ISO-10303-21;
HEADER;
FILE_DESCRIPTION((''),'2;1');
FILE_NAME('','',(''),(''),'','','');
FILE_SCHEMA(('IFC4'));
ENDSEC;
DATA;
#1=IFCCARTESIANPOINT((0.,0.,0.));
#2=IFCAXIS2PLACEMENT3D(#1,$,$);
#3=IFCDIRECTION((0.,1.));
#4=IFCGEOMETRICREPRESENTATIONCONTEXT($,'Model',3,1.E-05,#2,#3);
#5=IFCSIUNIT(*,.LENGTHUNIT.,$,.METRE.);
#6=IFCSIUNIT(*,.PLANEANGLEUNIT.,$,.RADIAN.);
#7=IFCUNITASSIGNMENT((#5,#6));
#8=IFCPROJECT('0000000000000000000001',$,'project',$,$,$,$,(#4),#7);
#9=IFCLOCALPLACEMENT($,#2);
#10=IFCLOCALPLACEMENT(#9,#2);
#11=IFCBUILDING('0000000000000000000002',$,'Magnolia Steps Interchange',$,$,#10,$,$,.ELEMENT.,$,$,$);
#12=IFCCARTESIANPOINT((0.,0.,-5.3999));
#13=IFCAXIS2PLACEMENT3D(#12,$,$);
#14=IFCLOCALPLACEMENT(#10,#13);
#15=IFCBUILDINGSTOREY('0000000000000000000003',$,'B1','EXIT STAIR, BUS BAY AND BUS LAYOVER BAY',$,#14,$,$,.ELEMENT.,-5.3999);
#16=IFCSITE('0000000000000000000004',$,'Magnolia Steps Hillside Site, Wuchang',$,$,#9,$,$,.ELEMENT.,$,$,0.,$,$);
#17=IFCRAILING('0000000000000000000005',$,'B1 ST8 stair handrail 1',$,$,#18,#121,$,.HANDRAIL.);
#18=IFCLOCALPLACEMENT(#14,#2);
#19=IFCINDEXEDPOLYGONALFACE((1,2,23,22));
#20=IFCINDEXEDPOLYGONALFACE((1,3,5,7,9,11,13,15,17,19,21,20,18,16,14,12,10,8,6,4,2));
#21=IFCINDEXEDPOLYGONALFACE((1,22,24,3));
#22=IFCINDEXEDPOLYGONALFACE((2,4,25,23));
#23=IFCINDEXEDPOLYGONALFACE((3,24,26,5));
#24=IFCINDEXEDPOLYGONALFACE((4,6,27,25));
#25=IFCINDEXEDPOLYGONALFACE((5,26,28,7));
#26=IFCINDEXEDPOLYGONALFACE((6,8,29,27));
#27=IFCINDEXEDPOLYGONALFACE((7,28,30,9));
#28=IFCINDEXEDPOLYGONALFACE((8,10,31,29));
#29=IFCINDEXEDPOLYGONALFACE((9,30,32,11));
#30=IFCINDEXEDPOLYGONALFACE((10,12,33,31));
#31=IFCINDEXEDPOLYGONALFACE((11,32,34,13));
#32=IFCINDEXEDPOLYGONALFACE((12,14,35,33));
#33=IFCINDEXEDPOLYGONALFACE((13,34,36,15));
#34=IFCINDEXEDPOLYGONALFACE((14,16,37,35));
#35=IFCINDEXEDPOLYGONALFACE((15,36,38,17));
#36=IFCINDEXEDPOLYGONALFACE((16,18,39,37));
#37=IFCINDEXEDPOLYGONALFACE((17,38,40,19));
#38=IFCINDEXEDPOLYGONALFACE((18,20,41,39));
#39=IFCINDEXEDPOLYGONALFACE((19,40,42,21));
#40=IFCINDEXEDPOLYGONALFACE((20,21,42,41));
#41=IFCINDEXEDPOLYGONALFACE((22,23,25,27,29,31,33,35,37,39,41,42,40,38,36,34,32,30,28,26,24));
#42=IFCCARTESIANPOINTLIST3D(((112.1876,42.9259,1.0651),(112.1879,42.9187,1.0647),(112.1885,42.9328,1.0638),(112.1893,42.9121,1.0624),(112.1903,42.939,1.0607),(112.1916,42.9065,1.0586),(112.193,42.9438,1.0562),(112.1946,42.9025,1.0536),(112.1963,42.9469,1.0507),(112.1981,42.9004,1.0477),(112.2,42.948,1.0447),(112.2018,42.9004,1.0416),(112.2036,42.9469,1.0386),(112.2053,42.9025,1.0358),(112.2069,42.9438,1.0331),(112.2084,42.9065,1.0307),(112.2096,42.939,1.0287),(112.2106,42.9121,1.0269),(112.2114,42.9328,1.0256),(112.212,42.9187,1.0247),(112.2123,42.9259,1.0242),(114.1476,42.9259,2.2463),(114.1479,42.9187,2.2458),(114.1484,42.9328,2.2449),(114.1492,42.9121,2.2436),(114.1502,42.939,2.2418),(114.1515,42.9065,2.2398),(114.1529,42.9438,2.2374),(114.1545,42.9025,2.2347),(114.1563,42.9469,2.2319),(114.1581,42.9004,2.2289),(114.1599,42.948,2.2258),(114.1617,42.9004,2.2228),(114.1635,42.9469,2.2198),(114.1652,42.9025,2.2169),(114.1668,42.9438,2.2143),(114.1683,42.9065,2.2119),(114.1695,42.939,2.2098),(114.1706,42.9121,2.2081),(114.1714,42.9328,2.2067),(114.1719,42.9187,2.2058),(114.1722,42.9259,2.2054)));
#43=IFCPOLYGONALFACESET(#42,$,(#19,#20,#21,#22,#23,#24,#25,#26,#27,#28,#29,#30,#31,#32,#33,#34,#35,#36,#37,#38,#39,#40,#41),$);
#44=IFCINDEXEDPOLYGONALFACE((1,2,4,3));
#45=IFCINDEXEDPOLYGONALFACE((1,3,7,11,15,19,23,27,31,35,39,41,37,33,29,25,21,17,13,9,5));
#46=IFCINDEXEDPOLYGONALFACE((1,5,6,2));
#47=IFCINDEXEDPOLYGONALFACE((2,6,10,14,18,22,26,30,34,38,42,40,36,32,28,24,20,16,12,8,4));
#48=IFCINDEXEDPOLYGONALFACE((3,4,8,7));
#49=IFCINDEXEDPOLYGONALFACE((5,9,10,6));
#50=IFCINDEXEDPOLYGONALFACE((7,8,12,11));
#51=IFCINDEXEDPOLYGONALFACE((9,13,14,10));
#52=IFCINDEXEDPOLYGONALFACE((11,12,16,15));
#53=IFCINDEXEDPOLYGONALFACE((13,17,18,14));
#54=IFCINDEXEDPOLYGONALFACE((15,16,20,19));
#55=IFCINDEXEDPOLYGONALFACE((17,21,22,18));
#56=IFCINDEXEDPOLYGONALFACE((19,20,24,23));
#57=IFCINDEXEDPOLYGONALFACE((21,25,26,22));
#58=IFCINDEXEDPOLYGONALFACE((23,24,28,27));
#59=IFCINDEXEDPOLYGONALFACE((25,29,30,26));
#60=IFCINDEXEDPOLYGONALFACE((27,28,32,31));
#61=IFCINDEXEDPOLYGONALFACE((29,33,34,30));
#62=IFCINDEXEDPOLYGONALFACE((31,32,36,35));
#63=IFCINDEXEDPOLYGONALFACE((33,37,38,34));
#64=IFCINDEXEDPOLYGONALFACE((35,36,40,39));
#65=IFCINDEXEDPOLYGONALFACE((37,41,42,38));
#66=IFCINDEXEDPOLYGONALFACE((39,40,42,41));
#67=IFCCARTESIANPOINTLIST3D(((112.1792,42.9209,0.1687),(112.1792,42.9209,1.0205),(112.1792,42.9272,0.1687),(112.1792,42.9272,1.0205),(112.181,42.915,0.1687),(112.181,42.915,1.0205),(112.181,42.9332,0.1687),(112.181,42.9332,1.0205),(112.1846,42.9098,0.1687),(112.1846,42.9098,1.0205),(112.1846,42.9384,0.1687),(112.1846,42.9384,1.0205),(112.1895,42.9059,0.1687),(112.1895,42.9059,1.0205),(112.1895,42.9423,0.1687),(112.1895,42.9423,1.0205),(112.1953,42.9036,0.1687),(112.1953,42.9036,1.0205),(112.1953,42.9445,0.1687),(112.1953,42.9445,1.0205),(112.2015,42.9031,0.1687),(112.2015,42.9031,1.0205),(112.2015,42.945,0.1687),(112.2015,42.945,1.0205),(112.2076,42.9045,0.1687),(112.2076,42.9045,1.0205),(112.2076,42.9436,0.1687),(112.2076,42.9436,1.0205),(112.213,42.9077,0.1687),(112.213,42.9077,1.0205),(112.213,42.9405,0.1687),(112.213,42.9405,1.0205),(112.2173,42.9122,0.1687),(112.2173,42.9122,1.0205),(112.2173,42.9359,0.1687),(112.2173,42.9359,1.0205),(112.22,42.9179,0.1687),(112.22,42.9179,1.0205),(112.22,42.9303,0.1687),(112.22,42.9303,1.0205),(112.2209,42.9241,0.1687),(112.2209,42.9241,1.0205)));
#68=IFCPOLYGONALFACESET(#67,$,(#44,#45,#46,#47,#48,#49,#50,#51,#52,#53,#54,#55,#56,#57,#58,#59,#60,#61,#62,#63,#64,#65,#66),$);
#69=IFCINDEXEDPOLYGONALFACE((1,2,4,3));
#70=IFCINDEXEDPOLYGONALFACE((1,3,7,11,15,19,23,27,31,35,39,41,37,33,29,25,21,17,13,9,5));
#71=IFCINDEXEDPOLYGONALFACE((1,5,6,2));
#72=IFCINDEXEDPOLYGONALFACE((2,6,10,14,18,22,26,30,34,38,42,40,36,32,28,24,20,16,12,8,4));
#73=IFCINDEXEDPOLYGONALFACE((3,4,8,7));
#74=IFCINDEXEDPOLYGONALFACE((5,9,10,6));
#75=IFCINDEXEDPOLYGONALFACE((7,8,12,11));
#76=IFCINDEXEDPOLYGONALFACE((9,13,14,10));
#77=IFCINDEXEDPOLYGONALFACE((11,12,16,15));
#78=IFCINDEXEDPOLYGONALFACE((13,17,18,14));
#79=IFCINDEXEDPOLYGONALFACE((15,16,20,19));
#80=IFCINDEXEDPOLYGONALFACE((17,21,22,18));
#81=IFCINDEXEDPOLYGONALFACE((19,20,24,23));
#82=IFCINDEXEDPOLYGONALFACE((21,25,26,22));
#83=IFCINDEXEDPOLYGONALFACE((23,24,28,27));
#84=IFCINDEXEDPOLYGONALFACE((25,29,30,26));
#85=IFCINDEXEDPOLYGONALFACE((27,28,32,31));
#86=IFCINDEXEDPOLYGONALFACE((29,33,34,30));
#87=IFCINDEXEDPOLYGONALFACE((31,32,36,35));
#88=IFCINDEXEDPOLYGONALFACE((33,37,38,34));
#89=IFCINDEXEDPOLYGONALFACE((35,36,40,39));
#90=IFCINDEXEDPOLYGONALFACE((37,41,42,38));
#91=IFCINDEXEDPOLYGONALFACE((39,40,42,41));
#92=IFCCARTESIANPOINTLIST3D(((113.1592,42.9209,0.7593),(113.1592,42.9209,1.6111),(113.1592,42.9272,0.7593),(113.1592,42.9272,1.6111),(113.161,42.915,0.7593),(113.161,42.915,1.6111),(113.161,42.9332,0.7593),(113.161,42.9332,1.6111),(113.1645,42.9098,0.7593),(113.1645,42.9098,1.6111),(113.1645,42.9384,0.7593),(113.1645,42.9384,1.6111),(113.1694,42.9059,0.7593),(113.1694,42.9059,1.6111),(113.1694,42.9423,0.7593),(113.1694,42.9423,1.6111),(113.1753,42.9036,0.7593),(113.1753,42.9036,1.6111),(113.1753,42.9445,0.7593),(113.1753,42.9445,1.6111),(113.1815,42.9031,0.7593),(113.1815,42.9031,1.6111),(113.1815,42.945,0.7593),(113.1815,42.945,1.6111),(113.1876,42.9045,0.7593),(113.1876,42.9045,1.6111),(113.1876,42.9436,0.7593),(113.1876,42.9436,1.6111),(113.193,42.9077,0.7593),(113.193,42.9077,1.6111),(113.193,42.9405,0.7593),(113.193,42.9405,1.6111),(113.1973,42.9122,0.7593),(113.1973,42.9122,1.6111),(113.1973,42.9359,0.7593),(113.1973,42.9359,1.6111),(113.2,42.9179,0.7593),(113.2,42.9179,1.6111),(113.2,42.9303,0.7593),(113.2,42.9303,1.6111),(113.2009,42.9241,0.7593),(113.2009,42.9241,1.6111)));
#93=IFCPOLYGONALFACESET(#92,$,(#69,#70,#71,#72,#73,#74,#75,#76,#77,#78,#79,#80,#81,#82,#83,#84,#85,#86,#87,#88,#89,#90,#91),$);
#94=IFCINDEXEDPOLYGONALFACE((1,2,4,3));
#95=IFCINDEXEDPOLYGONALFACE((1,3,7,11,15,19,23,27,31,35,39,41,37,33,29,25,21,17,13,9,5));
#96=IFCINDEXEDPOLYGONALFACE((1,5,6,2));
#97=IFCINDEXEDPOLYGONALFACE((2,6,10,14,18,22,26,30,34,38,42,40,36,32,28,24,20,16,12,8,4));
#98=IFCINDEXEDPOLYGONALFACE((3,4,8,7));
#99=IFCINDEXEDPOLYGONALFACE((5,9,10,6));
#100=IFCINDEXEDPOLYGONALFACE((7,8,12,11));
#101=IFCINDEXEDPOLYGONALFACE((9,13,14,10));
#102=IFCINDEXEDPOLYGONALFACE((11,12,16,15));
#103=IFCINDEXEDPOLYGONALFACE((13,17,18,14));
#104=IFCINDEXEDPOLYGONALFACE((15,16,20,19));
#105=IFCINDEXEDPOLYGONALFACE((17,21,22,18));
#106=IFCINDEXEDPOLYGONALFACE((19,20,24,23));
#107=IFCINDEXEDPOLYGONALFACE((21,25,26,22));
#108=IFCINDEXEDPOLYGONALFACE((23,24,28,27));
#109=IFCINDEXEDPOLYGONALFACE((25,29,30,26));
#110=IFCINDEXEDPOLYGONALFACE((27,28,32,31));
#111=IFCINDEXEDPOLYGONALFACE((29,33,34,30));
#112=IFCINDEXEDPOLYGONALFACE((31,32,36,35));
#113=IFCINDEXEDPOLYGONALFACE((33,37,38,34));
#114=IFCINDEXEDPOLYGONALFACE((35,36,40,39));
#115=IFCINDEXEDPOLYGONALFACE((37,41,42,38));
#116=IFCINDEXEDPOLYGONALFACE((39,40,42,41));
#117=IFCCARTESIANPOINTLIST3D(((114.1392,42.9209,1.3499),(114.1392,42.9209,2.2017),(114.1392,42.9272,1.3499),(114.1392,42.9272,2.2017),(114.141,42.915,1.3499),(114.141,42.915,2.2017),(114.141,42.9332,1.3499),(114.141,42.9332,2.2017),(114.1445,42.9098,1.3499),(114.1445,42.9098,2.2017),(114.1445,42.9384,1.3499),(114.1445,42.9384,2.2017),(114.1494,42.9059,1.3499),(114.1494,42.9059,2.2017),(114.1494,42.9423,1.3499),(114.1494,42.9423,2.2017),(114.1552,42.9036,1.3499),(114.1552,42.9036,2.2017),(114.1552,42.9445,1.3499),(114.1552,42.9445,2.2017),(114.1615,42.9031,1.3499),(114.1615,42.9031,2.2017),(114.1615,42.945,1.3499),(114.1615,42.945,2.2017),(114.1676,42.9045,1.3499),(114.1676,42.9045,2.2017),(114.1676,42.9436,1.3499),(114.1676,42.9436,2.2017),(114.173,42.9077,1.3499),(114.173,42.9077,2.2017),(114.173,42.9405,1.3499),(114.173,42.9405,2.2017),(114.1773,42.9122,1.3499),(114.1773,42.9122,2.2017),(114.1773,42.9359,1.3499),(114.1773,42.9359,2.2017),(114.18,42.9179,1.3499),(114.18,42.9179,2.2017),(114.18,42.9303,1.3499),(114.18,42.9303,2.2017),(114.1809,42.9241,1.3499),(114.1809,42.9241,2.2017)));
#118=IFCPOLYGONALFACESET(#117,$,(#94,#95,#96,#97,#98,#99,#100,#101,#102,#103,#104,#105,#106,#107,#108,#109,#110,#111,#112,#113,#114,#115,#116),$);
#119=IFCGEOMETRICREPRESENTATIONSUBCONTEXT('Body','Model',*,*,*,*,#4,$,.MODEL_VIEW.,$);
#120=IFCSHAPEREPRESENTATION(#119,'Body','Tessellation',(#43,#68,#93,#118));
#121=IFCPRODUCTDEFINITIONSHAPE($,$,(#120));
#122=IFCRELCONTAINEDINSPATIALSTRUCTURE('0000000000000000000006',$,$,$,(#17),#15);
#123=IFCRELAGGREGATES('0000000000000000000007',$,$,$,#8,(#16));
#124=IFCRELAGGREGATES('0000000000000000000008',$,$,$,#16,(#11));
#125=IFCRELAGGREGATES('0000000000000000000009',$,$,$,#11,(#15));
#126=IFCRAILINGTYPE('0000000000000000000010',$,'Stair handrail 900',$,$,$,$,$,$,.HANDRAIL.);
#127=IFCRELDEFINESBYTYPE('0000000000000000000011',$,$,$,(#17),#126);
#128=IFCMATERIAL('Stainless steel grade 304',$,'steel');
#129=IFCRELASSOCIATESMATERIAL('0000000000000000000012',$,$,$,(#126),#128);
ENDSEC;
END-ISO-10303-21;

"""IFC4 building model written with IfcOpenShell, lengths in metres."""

from ifc_helpers import new_model, si_unit, direction, frame, origin, origin_2d, place, context, subcontext, project, spatial, circle, extrude, material, type_object, element, save


model = new_model("IFC4")

# Units and contexts
model_context = context("Model", 3, precision=1e-05, world=origin(), true_north=direction((0.0, 1.0)))
body_context = subcontext(model_context, "Body", "Model", "MODEL_VIEW")
ifc_project = project(units=[si_unit("LENGTHUNIT", "METRE"), si_unit("PLANEANGLEUNIT", "RADIAN")], contexts=[model_context])

# Site, building, storey
site_placement = place(None, origin())
site = spatial("IfcSite", under=ifc_project, at=site_placement, Name="Magnolia Steps Hillside Site, Wuchang", CompositionType="ELEMENT", RefElevation=0.0)
building_placement = place(site_placement, origin())
building = spatial("IfcBuilding", under=site, at=building_placement, Name="Magnolia Steps Interchange", CompositionType="ELEMENT")
storey_placement = place(building_placement, frame((0.0, 0.0, -5.3999)))
storey = spatial("IfcBuildingStorey", under=building, at=storey_placement, Name="B1", Description="EXIT STAIR, BUS BAY AND BUS LAYOVER BAY", CompositionType="ELEMENT", Elevation=-5.3999)

# Railing
ifc_material_1 = material(Name="Stainless steel grade 304", Category="steel")
railing_type_1 = type_object("IfcRailingType", Name="Stair handrail 900", PredefinedType="HANDRAIL", material=ifc_material_1)
for number, where, name in (
    (1, (112.2, 42.9241, 0.1687), "B1 ST8 stair handrail 1"),
):
    element("IfcRailing", number, at=place(storey_placement, frame(where)), inside=storey, type_object=railing_type_1, Name=name, PredefinedType="HANDRAIL", context=body_context, shape_type="SweptSolid", body=[
        extrude(circle(Radius=0.0239, at=origin_2d()), frame((0.0, 0.0, 0.876), z_axis=(0.856493, 0.0, 0.516158), x_axis=(0.0, 1.0, 0.0)), (0.0, 0.0, 1.0), 2.2883),
        extrude(circle(Radius=0.021, at=origin_2d()), origin(), (0.0, 0.0, 1.0), 0.8518),
        extrude(circle(Radius=0.021, at=origin_2d()), frame((0.98, 0.0, 0.5906)), (0.0, 0.0, 1.0), 0.8518),
        extrude(circle(Radius=0.021, at=origin_2d()), frame((1.96, 0.0, 1.1812)), (0.0, 0.0, 1.0), 0.8518),
    ])

save(model, "model.ifc")
